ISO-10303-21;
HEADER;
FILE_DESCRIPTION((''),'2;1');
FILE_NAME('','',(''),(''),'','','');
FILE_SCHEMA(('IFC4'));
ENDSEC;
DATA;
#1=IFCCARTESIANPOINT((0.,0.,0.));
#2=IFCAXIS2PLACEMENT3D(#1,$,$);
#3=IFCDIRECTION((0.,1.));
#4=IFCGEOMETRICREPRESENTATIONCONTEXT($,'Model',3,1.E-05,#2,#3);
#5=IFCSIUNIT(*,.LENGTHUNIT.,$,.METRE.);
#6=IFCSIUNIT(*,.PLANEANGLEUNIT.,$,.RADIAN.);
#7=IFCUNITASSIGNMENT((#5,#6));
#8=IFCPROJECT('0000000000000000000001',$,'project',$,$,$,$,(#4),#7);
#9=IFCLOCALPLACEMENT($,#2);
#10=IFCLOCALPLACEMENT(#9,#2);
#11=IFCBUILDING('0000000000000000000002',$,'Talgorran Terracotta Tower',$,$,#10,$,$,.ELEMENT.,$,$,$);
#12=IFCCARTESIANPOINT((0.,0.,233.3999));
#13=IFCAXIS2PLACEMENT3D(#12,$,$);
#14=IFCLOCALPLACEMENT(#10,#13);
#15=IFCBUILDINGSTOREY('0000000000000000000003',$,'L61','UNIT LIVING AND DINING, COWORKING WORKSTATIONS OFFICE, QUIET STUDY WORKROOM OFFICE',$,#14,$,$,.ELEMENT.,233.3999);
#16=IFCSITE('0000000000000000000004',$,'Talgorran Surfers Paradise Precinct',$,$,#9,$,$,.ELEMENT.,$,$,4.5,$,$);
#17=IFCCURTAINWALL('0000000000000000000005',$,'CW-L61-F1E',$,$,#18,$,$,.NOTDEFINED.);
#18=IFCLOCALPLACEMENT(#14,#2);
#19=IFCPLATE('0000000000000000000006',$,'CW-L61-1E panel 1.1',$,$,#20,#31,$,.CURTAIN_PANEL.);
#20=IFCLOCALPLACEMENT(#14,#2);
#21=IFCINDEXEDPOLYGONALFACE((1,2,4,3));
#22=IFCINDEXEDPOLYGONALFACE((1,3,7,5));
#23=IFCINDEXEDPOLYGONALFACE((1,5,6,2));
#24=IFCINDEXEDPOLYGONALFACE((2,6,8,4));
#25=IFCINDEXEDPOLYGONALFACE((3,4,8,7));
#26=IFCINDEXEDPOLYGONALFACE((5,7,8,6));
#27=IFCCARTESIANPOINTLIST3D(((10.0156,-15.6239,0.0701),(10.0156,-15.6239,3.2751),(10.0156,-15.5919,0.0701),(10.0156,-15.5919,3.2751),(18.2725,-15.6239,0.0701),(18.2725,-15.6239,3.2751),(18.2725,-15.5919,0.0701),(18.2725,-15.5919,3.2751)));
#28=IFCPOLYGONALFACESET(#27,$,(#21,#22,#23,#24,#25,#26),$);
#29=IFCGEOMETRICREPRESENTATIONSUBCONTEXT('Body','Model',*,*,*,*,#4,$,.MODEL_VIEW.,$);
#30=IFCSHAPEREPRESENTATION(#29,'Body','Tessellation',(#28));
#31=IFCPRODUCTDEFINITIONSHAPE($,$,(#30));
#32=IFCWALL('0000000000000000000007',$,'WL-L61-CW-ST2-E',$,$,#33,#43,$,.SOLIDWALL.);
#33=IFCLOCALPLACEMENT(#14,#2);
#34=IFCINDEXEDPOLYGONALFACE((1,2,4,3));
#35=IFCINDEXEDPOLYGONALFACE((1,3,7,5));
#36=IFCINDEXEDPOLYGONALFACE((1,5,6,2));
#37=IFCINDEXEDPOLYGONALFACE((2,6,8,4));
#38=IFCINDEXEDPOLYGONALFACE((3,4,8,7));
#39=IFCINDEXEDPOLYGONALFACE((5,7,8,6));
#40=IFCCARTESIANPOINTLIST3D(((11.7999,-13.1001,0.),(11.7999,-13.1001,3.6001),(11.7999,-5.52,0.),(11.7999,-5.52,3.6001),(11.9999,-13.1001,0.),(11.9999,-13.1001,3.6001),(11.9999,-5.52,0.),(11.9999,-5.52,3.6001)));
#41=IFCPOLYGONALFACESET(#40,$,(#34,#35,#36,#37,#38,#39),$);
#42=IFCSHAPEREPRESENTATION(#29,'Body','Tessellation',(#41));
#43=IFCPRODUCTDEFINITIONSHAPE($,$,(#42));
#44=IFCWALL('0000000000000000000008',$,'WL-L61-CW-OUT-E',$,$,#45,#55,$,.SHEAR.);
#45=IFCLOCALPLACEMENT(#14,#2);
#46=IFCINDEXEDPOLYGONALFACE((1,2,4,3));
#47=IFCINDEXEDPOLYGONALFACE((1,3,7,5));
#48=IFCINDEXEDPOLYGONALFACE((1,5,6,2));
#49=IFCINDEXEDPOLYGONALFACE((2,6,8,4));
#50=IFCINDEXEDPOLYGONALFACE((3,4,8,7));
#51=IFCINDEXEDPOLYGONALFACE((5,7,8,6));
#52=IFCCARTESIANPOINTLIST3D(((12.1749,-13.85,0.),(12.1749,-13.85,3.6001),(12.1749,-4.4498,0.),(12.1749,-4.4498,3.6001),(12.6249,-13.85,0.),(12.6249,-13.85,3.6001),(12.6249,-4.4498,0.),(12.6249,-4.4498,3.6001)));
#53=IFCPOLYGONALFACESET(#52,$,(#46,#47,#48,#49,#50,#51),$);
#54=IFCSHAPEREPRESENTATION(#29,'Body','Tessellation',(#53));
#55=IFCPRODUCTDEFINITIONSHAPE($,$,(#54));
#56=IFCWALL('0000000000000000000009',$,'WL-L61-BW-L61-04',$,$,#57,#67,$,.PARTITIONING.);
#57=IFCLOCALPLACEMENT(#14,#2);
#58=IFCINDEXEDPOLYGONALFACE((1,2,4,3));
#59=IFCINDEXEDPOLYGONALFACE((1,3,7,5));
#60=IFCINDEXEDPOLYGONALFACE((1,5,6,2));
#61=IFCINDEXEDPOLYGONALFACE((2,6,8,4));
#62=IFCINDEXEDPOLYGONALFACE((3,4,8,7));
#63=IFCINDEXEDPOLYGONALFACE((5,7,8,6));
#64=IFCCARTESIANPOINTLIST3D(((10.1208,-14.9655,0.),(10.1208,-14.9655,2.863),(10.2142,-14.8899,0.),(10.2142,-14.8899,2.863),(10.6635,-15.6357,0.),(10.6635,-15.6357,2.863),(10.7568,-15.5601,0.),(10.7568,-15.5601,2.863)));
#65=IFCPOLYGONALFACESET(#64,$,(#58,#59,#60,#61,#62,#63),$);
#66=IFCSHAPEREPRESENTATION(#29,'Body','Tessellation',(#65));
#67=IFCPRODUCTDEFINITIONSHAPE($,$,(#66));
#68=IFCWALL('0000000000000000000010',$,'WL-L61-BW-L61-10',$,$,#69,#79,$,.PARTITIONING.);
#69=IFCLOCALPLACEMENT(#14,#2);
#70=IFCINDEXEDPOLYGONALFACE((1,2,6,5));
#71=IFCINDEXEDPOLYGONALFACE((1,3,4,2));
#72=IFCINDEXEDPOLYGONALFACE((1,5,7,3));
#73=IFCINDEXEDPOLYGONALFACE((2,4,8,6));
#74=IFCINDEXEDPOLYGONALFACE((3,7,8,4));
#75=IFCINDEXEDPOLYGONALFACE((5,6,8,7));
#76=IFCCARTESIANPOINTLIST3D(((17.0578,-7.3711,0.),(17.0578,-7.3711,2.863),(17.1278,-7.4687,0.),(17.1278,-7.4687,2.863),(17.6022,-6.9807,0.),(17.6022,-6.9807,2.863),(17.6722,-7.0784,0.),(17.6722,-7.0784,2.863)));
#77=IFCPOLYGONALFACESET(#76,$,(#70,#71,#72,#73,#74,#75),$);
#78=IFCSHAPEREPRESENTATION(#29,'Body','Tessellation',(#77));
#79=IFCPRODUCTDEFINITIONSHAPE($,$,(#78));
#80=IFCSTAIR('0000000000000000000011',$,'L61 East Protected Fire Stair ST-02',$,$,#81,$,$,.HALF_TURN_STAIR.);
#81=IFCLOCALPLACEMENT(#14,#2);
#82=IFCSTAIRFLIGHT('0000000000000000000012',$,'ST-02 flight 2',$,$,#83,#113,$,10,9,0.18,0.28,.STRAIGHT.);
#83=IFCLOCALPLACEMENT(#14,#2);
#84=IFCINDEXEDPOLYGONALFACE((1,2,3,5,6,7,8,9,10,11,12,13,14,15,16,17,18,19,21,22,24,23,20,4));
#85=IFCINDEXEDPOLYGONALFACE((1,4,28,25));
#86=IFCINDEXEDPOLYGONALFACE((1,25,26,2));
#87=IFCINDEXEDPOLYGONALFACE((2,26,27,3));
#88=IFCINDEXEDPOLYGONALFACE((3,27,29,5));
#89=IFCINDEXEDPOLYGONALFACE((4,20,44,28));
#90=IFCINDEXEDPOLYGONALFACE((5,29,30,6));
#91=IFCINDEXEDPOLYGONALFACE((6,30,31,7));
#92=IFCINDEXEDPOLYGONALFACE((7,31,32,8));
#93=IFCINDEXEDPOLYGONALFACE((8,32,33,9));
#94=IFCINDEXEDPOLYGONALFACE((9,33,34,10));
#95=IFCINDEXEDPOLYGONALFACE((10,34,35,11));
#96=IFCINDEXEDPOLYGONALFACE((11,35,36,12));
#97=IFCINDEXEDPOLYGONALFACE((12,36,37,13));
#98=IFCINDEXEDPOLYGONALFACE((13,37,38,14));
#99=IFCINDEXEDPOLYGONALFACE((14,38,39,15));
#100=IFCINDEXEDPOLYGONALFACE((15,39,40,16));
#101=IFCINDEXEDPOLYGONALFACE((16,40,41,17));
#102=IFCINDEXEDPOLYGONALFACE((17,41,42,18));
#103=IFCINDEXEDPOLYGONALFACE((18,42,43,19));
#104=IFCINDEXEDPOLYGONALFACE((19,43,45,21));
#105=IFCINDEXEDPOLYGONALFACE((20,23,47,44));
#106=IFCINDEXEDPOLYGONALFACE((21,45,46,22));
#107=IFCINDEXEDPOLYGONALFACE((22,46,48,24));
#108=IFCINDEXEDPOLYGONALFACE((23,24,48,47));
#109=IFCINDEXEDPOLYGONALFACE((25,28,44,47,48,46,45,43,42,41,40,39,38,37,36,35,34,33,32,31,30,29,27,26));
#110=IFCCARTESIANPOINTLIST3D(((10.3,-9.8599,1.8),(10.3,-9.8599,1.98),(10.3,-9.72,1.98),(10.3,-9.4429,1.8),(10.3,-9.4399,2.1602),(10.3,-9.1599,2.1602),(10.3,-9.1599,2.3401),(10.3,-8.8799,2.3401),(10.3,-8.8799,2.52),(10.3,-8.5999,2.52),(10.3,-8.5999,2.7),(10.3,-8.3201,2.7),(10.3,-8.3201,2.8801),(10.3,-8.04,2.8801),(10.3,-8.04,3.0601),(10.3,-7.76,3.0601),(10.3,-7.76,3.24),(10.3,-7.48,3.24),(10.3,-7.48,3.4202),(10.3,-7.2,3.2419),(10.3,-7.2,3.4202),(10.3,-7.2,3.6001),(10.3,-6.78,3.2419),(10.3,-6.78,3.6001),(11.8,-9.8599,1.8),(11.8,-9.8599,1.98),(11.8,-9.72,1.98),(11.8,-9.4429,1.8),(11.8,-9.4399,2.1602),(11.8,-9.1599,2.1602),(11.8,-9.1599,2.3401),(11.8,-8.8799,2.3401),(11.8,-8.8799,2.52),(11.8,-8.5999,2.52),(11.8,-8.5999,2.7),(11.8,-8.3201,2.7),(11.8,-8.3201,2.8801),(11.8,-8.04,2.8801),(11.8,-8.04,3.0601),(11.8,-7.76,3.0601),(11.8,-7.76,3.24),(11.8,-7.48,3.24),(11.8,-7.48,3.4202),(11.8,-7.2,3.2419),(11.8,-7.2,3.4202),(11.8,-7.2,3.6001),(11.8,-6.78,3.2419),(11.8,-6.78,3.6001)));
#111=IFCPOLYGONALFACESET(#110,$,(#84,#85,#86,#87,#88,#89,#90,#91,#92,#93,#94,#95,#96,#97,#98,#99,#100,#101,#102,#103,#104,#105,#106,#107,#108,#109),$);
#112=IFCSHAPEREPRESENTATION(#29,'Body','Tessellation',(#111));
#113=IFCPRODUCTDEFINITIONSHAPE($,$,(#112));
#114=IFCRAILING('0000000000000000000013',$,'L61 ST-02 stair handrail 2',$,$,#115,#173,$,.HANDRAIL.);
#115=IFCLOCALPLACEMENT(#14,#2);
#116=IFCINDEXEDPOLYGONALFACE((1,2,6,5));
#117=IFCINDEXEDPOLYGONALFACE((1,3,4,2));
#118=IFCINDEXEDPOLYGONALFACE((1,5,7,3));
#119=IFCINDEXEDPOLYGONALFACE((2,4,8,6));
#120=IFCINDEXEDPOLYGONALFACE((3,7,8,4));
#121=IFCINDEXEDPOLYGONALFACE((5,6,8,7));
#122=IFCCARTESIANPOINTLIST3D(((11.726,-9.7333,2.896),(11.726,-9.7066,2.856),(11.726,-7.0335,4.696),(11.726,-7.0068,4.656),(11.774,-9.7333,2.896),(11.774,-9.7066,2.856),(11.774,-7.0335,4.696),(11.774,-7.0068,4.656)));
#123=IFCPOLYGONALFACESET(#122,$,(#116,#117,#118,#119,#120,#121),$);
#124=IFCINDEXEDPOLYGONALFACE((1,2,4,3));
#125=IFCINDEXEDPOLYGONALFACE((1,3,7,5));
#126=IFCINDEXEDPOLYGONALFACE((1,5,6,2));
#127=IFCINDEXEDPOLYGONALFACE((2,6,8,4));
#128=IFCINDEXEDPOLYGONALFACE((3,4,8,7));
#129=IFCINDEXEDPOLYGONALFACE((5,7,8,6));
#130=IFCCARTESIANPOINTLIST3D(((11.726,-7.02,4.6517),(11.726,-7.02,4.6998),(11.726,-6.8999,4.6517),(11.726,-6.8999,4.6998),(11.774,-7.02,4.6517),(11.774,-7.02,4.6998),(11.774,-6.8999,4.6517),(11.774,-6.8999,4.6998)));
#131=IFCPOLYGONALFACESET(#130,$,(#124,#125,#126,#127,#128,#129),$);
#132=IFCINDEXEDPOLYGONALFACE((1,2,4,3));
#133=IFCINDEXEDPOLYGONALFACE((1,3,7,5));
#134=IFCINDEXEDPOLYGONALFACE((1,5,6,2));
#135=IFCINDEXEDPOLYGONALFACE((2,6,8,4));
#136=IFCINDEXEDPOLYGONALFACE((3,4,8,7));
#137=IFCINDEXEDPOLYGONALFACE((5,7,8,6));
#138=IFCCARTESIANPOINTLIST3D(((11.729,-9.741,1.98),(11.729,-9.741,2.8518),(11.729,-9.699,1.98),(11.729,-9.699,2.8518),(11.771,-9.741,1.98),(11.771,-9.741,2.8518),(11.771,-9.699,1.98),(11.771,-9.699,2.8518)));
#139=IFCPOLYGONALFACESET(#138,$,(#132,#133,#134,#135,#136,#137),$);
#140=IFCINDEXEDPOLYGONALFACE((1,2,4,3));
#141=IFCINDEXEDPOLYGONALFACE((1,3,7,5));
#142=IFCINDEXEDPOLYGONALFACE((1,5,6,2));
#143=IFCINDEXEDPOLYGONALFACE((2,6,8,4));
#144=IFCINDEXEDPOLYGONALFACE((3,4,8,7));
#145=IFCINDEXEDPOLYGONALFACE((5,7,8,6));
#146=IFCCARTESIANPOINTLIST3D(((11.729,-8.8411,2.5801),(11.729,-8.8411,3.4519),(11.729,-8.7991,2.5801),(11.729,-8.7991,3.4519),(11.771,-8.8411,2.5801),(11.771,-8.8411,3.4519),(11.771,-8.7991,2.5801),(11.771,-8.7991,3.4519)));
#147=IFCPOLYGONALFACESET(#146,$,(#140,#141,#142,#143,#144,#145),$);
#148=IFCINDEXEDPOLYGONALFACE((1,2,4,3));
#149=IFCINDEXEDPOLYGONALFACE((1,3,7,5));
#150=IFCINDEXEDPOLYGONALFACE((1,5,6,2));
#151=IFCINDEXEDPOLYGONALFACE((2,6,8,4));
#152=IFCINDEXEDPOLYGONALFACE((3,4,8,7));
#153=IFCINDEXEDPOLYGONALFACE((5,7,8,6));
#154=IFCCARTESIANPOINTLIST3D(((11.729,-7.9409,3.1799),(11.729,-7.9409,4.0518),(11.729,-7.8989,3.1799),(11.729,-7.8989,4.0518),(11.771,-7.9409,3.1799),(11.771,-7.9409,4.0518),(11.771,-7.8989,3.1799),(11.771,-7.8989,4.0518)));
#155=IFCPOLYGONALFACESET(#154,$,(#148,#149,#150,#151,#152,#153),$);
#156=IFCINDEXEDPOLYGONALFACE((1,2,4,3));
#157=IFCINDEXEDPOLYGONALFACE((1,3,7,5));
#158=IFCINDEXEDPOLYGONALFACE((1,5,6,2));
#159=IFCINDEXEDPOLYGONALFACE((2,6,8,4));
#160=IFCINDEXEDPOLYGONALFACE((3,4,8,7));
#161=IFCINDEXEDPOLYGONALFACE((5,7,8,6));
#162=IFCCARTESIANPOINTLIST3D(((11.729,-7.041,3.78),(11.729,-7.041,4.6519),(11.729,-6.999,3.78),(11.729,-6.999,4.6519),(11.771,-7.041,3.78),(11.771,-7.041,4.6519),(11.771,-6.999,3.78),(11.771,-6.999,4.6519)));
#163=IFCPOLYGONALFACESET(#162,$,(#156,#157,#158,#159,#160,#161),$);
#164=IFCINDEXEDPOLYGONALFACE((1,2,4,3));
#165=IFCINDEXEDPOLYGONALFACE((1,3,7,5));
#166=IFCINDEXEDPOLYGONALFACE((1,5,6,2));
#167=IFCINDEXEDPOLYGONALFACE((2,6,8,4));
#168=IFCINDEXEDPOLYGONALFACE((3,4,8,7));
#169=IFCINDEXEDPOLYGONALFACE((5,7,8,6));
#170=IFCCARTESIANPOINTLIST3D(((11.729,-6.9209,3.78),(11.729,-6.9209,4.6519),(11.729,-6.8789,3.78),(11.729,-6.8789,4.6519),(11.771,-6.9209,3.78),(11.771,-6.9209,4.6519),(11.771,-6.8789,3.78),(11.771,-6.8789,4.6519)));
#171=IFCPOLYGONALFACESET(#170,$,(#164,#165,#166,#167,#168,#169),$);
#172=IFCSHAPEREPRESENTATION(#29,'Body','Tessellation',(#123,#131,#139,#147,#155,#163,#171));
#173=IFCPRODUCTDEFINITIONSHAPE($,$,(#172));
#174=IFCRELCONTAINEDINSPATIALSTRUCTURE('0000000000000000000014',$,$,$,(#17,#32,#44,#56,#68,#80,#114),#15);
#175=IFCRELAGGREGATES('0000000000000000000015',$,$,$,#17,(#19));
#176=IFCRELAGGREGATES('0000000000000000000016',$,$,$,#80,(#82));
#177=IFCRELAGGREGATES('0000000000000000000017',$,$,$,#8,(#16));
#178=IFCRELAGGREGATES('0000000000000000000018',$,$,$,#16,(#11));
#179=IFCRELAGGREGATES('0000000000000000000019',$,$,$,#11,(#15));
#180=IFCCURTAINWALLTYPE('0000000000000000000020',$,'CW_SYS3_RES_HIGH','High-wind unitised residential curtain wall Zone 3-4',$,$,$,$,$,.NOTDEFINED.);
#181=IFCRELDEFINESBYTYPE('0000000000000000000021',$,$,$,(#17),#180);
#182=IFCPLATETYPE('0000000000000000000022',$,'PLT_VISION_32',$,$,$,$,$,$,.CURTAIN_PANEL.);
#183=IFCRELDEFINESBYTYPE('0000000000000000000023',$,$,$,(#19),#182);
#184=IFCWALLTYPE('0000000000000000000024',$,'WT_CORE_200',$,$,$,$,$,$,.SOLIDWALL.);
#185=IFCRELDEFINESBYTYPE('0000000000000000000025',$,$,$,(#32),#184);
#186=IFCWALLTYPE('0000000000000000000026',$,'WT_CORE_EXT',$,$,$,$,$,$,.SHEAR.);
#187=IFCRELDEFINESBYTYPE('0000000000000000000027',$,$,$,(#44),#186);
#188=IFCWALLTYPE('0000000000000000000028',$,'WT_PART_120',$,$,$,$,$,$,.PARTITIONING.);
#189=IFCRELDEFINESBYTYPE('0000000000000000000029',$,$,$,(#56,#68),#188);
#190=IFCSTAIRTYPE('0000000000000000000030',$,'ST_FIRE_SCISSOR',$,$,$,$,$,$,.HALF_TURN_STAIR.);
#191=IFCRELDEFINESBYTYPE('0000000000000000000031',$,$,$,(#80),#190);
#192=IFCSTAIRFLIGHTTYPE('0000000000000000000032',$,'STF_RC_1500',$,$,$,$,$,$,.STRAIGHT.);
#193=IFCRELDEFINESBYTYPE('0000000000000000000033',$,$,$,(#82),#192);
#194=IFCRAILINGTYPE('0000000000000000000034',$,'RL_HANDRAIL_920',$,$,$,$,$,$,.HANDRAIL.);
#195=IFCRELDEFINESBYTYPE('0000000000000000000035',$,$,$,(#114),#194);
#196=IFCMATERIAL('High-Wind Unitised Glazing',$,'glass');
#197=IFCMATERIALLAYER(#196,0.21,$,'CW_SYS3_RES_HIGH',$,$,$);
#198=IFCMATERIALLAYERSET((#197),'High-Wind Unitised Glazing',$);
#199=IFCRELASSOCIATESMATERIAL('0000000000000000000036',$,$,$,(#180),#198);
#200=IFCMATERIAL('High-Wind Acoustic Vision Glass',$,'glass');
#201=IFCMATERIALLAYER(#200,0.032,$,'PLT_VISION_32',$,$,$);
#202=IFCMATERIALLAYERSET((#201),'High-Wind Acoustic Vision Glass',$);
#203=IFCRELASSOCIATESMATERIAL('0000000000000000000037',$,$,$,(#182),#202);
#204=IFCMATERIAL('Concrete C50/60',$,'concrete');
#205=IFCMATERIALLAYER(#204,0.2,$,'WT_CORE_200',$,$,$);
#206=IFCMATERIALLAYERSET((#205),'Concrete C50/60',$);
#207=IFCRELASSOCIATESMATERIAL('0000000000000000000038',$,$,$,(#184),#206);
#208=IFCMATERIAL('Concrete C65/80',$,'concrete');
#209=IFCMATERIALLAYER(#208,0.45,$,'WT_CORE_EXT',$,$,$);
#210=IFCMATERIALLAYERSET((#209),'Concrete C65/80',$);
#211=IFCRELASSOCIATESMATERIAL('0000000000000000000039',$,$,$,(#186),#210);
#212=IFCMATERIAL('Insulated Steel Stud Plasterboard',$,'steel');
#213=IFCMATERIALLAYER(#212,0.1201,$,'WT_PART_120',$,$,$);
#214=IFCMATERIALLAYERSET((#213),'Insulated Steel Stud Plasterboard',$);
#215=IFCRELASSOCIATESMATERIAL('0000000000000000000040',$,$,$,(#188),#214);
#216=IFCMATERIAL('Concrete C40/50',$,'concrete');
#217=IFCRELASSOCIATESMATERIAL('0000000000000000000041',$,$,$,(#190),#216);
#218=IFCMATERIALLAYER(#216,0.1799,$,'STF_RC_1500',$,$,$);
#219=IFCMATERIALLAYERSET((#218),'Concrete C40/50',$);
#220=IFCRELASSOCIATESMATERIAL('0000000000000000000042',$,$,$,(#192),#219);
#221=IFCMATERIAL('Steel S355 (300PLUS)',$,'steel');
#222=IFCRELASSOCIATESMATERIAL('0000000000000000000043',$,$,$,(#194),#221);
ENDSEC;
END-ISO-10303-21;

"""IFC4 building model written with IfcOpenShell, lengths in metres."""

from ifc_helpers import new_model, si_unit, direction, frame, frame_2d, origin, origin_2d, place, context, subcontext, project, spatial, polyline, rectangle, outline, extrude, source, transform, mapped, material, layer, layer_set, type_object, type_shapes, element, aggregate, save


model = new_model("IFC4")

# Units and contexts
model_context = context("Model", 3, precision=1e-05, world=origin(), true_north=direction((0.0, 1.0)))
body_context = subcontext(model_context, "Body", "Model", "MODEL_VIEW")
ifc_project = project(units=[si_unit("LENGTHUNIT", "METRE"), si_unit("PLANEANGLEUNIT", "RADIAN")], contexts=[model_context])

# Site, building, storey
site_placement = place(None, origin())
site = spatial("IfcSite", under=ifc_project, at=site_placement, Name="Talgorran Surfers Paradise Precinct", CompositionType="ELEMENT", RefElevation=4.5)
building_placement = place(site_placement, origin())
building = spatial("IfcBuilding", under=site, at=building_placement, Name="Talgorran Terracotta Tower", CompositionType="ELEMENT")
storey_placement = place(building_placement, frame((0.0, 0.0, 233.3999)))
storey = spatial("IfcBuildingStorey", under=building, at=storey_placement, Name="L61", Description="UNIT LIVING AND DINING, COWORKING WORKSTATIONS OFFICE, QUIET STUDY WORKROOM OFFICE", CompositionType="ELEMENT", Elevation=233.3999)

# Shared definitions
ifc_material_1 = material(Name="Steel S355 (300PLUS)", Category="steel")

# Curtain wall
ifc_material_2 = material(Name="High-Wind Unitised Glazing", Category="glass")
ifc_layer_1 = layer(ifc_material_2, 0.21, Name="CW_SYS3_RES_HIGH")
ifc_layer_set_1 = layer_set([ifc_layer_1], Name="High-Wind Unitised Glazing")
curtain_wall_type = type_object("IfcCurtainWallType", Name="CW_SYS3_RES_HIGH", Description="High-wind unitised residential curtain wall Zone 3-4", PredefinedType="NOTDEFINED", material=ifc_layer_set_1)
curtain_wall_1_placement = place(storey_placement, origin())
curtain_wall_1 = element("IfcCurtainWall", 1, at=curtain_wall_1_placement, inside=storey, type_object=curtain_wall_type, Name="CW-L61-F1E", PredefinedType="NOTDEFINED")

# Plate
ifc_material_3 = material(Name="High-Wind Acoustic Vision Glass", Category="glass")
ifc_layer_2 = layer(ifc_material_3, 0.032, Name="PLT_VISION_32")
ifc_layer_set_2 = layer_set([ifc_layer_2], Name="High-Wind Acoustic Vision Glass")
plate_type_1 = type_object("IfcPlateType", Name="PLT_VISION_32", PredefinedType="CURTAIN_PANEL", material=ifc_layer_set_2)
shared_shape = source(origin(), body_context, "Body", "SweptSolid", [
    extrude(rectangle(XDim=8.2568, YDim=0.032, at=origin_2d()), origin(), (0.0, 0.0, 1.0), 3.2051),
])
type_shapes(plate_type_1, [shared_shape])
plate_1_placement = place(storey_placement, frame((14.144, -15.6079, 0.0701), z_axis=(0.0, 0.0, 1.0), x_axis=(1.0, 0.0, 0.0)))
plate_1 = element("IfcPlate", 2, at=plate_1_placement, type_object=plate_type_1, Name="CW-L61-1E panel 1.1", PredefinedType="CURTAIN_PANEL", context=body_context, shape_type="MappedRepresentation", body=[
    mapped(shared_shape, transform((0.0, 0.0, 0.0), scale=1.0)),
])
aggregate(curtain_wall_1, [plate_1])

# Walls
ifc_material_4 = material(Name="Concrete C50/60", Category="concrete")
ifc_layer_3 = layer(ifc_material_4, 0.2, Name="WT_CORE_200")
ifc_layer_set_3 = layer_set([ifc_layer_3], Name="Concrete C50/60")
wall_type_1 = type_object("IfcWallType", Name="WT_CORE_200", PredefinedType="SOLIDWALL", material=ifc_layer_set_3)
wall_1_placement = place(storey_placement, frame((11.8999, -13.1001, 0.0), z_axis=(0.0, 0.0, 1.0), x_axis=(0.0, 1.0, 0.0)))
element("IfcWall", 3, at=wall_1_placement, inside=storey, type_object=wall_type_1, Name="WL-L61-CW-ST2-E", PredefinedType="SOLIDWALL", context=body_context, shape_type="SweptSolid", body=[
    extrude(rectangle(XDim=7.5801, YDim=0.2, at=frame_2d((3.79, 0.0))), origin(), (0.0, 0.0, 1.0), 3.6001),
])
ifc_material_5 = material(Name="Concrete C65/80", Category="concrete")
ifc_layer_4 = layer(ifc_material_5, 0.45, Name="WT_CORE_EXT")
ifc_layer_set_4 = layer_set([ifc_layer_4], Name="Concrete C65/80")
wall_type_2 = type_object("IfcWallType", Name="WT_CORE_EXT", PredefinedType="SHEAR", material=ifc_layer_set_4)
wall_2_placement = place(storey_placement, frame((12.3999, -13.8501, 0.0), z_axis=(0.0, 0.0, 1.0), x_axis=(0.0, 1.0, 0.0)))
element("IfcWall", 4, at=wall_2_placement, inside=storey, type_object=wall_type_2, Name="WL-L61-CW-OUT-E", PredefinedType="SHEAR", context=body_context, shape_type="SweptSolid", body=[
    extrude(rectangle(XDim=9.4001, YDim=0.45, at=frame_2d((4.7002, 0.0))), origin(), (0.0, 0.0, 1.0), 3.6001),
])
ifc_material_6 = material(Name="Insulated Steel Stud Plasterboard", Category="steel")
ifc_layer_5 = layer(ifc_material_6, 0.1201, Name="WT_PART_120")
ifc_layer_set_5 = layer_set([ifc_layer_5], Name="Insulated Steel Stud Plasterboard")
wall_type_3 = type_object("IfcWallType", Name="WT_PART_120", PredefinedType="PARTITIONING", material=ifc_layer_set_5)
wall_3_placement = place(storey_placement, frame((10.1675, -14.9277, 0.0), z_axis=(0.0, 0.0, 1.0), x_axis=(0.629345, -0.777126, 0.0)))
element("IfcWall", 5, at=wall_3_placement, inside=storey, type_object=wall_type_3, Name="WL-L61-BW-L61-04", PredefinedType="PARTITIONING", context=body_context, shape_type="SweptSolid", body=[
    extrude(rectangle(XDim=0.8623, YDim=0.1201, at=frame_2d((0.4312, 0.0))), origin(), (0.0, 0.0, 1.0), 2.863),
])
wall_4_placement = place(storey_placement, frame((17.0928, -7.4199, 0.0), z_axis=(0.0, 0.0, 1.0), x_axis=(0.812673, 0.58272, 0.0)))
element("IfcWall", 6, at=wall_4_placement, inside=storey, type_object=wall_type_3, Name="WL-L61-BW-L61-10", PredefinedType="PARTITIONING", context=body_context, shape_type="SweptSolid", body=[
    extrude(rectangle(XDim=0.6699, YDim=0.1201, at=frame_2d((0.335, 0.0))), origin(), (0.0, 0.0, 1.0), 2.863),
])

# Stair, stair flight
ifc_material_7 = material(Name="Concrete C40/50", Category="concrete")
stair_type = type_object("IfcStairType", Name="ST_FIRE_SCISSOR", PredefinedType="HALF_TURN_STAIR", material=ifc_material_7)
stair_placement = place(storey_placement, origin())
stair = element("IfcStair", 7, at=stair_placement, inside=storey, type_object=stair_type, Name="L61 East Protected Fire Stair ST-02", PredefinedType="HALF_TURN_STAIR")
ifc_layer_6 = layer(ifc_material_7, 0.1799, Name="STF_RC_1500")
ifc_layer_set_6 = layer_set([ifc_layer_6], Name="Concrete C40/50")
stair_flight_type = type_object("IfcStairFlightType", Name="STF_RC_1500", PredefinedType="STRAIGHT", material=ifc_layer_set_6)
stair_flight_placement = place(storey_placement, frame((11.05, -9.72, 1.8), z_axis=(0.0, 0.0, 1.0), x_axis=(0.0, 1.0, 0.0)))
stair_flight = element("IfcStairFlight", 8, at=stair_flight_placement, type_object=stair_flight_type, Name="ST-02 flight 2", NumberOfRisers=10, NumberOfTreads=9, PredefinedType="STRAIGHT", RiserHeight=0.18, TreadLength=0.28, context=body_context, shape_type="SweptSolid", body=[
    extrude(outline(polyline([(-0.1399, 0.0), (-0.1399, 0.1799), (0.0, 0.1799), (0.28, 0.3601), (0.5601, 0.3601), (0.5601, 0.54), (0.8401, 0.54), (0.8401, 0.72), (1.1201, 0.72), (1.1201, 0.8999), (1.3999, 0.8999), (1.3999, 1.0801), (1.6799, 1.0801), (1.6799, 1.26), (1.96, 1.26), (1.96, 1.4399), (2.24, 1.4399), (2.24, 1.6201), (2.52, 1.6201), (2.52, 1.8), (2.9399, 1.8), (2.9399, 1.4419), (2.52, 1.4419), (0.2771, 0.0), (-0.1399, 0.0)])), frame((0.0, 0.75, 0.0), z_axis=(0.0, -1.0, 0.0), x_axis=(1.0, 0.0, 0.0)), (0.0, 0.0, 1.0), 1.5),
])
aggregate(stair, [stair_flight])

# Railing
railing_type_1 = type_object("IfcRailingType", Name="RL_HANDRAIL_920", PredefinedType="HANDRAIL", material=ifc_material_1)
railing_1_placement = place(storey_placement, frame((11.75, -9.72, 1.98)))
element("IfcRailing", 9, at=railing_1_placement, inside=storey, type_object=railing_type_1, Name="L61 ST-02 stair handrail 2", PredefinedType="HANDRAIL", context=body_context, shape_type="SweptSolid", body=[
    extrude(rectangle(XDim=0.0481, YDim=0.0481, at=origin_2d()), frame((0.0, 0.0, 0.896), z_axis=(0.0, 0.832039, 0.554718), x_axis=(-1.0, 0.0, 0.0)), (0.0, 0.0, 1.0), 3.2449),
    extrude(rectangle(XDim=0.0481, YDim=0.0481, at=origin_2d()), frame((0.0, 2.7, 2.6958), z_axis=(0.0, 1.0, 0.0), x_axis=(-1.0, 0.0, 0.0)), (0.0, 0.0, 1.0), 0.1201),
    extrude(rectangle(XDim=0.042, YDim=0.042, at=origin_2d()), origin(), (0.0, 0.0, 1.0), 0.8718),
    extrude(rectangle(XDim=0.042, YDim=0.042, at=origin_2d()), frame((0.0, 0.8999, 0.6001)), (0.0, 0.0, 1.0), 0.8718),
    extrude(rectangle(XDim=0.042, YDim=0.042, at=origin_2d()), frame((0.0, 1.8, 1.2)), (0.0, 0.0, 1.0), 0.8718),
    extrude(rectangle(XDim=0.042, YDim=0.042, at=origin_2d()), frame((0.0, 2.7, 1.8)), (0.0, 0.0, 1.0), 0.8718),
    extrude(rectangle(XDim=0.042, YDim=0.042, at=origin_2d()), frame((0.0, 2.8201, 1.8)), (0.0, 0.0, 1.0), 0.8718),
])

save(model, "model.ifc")
